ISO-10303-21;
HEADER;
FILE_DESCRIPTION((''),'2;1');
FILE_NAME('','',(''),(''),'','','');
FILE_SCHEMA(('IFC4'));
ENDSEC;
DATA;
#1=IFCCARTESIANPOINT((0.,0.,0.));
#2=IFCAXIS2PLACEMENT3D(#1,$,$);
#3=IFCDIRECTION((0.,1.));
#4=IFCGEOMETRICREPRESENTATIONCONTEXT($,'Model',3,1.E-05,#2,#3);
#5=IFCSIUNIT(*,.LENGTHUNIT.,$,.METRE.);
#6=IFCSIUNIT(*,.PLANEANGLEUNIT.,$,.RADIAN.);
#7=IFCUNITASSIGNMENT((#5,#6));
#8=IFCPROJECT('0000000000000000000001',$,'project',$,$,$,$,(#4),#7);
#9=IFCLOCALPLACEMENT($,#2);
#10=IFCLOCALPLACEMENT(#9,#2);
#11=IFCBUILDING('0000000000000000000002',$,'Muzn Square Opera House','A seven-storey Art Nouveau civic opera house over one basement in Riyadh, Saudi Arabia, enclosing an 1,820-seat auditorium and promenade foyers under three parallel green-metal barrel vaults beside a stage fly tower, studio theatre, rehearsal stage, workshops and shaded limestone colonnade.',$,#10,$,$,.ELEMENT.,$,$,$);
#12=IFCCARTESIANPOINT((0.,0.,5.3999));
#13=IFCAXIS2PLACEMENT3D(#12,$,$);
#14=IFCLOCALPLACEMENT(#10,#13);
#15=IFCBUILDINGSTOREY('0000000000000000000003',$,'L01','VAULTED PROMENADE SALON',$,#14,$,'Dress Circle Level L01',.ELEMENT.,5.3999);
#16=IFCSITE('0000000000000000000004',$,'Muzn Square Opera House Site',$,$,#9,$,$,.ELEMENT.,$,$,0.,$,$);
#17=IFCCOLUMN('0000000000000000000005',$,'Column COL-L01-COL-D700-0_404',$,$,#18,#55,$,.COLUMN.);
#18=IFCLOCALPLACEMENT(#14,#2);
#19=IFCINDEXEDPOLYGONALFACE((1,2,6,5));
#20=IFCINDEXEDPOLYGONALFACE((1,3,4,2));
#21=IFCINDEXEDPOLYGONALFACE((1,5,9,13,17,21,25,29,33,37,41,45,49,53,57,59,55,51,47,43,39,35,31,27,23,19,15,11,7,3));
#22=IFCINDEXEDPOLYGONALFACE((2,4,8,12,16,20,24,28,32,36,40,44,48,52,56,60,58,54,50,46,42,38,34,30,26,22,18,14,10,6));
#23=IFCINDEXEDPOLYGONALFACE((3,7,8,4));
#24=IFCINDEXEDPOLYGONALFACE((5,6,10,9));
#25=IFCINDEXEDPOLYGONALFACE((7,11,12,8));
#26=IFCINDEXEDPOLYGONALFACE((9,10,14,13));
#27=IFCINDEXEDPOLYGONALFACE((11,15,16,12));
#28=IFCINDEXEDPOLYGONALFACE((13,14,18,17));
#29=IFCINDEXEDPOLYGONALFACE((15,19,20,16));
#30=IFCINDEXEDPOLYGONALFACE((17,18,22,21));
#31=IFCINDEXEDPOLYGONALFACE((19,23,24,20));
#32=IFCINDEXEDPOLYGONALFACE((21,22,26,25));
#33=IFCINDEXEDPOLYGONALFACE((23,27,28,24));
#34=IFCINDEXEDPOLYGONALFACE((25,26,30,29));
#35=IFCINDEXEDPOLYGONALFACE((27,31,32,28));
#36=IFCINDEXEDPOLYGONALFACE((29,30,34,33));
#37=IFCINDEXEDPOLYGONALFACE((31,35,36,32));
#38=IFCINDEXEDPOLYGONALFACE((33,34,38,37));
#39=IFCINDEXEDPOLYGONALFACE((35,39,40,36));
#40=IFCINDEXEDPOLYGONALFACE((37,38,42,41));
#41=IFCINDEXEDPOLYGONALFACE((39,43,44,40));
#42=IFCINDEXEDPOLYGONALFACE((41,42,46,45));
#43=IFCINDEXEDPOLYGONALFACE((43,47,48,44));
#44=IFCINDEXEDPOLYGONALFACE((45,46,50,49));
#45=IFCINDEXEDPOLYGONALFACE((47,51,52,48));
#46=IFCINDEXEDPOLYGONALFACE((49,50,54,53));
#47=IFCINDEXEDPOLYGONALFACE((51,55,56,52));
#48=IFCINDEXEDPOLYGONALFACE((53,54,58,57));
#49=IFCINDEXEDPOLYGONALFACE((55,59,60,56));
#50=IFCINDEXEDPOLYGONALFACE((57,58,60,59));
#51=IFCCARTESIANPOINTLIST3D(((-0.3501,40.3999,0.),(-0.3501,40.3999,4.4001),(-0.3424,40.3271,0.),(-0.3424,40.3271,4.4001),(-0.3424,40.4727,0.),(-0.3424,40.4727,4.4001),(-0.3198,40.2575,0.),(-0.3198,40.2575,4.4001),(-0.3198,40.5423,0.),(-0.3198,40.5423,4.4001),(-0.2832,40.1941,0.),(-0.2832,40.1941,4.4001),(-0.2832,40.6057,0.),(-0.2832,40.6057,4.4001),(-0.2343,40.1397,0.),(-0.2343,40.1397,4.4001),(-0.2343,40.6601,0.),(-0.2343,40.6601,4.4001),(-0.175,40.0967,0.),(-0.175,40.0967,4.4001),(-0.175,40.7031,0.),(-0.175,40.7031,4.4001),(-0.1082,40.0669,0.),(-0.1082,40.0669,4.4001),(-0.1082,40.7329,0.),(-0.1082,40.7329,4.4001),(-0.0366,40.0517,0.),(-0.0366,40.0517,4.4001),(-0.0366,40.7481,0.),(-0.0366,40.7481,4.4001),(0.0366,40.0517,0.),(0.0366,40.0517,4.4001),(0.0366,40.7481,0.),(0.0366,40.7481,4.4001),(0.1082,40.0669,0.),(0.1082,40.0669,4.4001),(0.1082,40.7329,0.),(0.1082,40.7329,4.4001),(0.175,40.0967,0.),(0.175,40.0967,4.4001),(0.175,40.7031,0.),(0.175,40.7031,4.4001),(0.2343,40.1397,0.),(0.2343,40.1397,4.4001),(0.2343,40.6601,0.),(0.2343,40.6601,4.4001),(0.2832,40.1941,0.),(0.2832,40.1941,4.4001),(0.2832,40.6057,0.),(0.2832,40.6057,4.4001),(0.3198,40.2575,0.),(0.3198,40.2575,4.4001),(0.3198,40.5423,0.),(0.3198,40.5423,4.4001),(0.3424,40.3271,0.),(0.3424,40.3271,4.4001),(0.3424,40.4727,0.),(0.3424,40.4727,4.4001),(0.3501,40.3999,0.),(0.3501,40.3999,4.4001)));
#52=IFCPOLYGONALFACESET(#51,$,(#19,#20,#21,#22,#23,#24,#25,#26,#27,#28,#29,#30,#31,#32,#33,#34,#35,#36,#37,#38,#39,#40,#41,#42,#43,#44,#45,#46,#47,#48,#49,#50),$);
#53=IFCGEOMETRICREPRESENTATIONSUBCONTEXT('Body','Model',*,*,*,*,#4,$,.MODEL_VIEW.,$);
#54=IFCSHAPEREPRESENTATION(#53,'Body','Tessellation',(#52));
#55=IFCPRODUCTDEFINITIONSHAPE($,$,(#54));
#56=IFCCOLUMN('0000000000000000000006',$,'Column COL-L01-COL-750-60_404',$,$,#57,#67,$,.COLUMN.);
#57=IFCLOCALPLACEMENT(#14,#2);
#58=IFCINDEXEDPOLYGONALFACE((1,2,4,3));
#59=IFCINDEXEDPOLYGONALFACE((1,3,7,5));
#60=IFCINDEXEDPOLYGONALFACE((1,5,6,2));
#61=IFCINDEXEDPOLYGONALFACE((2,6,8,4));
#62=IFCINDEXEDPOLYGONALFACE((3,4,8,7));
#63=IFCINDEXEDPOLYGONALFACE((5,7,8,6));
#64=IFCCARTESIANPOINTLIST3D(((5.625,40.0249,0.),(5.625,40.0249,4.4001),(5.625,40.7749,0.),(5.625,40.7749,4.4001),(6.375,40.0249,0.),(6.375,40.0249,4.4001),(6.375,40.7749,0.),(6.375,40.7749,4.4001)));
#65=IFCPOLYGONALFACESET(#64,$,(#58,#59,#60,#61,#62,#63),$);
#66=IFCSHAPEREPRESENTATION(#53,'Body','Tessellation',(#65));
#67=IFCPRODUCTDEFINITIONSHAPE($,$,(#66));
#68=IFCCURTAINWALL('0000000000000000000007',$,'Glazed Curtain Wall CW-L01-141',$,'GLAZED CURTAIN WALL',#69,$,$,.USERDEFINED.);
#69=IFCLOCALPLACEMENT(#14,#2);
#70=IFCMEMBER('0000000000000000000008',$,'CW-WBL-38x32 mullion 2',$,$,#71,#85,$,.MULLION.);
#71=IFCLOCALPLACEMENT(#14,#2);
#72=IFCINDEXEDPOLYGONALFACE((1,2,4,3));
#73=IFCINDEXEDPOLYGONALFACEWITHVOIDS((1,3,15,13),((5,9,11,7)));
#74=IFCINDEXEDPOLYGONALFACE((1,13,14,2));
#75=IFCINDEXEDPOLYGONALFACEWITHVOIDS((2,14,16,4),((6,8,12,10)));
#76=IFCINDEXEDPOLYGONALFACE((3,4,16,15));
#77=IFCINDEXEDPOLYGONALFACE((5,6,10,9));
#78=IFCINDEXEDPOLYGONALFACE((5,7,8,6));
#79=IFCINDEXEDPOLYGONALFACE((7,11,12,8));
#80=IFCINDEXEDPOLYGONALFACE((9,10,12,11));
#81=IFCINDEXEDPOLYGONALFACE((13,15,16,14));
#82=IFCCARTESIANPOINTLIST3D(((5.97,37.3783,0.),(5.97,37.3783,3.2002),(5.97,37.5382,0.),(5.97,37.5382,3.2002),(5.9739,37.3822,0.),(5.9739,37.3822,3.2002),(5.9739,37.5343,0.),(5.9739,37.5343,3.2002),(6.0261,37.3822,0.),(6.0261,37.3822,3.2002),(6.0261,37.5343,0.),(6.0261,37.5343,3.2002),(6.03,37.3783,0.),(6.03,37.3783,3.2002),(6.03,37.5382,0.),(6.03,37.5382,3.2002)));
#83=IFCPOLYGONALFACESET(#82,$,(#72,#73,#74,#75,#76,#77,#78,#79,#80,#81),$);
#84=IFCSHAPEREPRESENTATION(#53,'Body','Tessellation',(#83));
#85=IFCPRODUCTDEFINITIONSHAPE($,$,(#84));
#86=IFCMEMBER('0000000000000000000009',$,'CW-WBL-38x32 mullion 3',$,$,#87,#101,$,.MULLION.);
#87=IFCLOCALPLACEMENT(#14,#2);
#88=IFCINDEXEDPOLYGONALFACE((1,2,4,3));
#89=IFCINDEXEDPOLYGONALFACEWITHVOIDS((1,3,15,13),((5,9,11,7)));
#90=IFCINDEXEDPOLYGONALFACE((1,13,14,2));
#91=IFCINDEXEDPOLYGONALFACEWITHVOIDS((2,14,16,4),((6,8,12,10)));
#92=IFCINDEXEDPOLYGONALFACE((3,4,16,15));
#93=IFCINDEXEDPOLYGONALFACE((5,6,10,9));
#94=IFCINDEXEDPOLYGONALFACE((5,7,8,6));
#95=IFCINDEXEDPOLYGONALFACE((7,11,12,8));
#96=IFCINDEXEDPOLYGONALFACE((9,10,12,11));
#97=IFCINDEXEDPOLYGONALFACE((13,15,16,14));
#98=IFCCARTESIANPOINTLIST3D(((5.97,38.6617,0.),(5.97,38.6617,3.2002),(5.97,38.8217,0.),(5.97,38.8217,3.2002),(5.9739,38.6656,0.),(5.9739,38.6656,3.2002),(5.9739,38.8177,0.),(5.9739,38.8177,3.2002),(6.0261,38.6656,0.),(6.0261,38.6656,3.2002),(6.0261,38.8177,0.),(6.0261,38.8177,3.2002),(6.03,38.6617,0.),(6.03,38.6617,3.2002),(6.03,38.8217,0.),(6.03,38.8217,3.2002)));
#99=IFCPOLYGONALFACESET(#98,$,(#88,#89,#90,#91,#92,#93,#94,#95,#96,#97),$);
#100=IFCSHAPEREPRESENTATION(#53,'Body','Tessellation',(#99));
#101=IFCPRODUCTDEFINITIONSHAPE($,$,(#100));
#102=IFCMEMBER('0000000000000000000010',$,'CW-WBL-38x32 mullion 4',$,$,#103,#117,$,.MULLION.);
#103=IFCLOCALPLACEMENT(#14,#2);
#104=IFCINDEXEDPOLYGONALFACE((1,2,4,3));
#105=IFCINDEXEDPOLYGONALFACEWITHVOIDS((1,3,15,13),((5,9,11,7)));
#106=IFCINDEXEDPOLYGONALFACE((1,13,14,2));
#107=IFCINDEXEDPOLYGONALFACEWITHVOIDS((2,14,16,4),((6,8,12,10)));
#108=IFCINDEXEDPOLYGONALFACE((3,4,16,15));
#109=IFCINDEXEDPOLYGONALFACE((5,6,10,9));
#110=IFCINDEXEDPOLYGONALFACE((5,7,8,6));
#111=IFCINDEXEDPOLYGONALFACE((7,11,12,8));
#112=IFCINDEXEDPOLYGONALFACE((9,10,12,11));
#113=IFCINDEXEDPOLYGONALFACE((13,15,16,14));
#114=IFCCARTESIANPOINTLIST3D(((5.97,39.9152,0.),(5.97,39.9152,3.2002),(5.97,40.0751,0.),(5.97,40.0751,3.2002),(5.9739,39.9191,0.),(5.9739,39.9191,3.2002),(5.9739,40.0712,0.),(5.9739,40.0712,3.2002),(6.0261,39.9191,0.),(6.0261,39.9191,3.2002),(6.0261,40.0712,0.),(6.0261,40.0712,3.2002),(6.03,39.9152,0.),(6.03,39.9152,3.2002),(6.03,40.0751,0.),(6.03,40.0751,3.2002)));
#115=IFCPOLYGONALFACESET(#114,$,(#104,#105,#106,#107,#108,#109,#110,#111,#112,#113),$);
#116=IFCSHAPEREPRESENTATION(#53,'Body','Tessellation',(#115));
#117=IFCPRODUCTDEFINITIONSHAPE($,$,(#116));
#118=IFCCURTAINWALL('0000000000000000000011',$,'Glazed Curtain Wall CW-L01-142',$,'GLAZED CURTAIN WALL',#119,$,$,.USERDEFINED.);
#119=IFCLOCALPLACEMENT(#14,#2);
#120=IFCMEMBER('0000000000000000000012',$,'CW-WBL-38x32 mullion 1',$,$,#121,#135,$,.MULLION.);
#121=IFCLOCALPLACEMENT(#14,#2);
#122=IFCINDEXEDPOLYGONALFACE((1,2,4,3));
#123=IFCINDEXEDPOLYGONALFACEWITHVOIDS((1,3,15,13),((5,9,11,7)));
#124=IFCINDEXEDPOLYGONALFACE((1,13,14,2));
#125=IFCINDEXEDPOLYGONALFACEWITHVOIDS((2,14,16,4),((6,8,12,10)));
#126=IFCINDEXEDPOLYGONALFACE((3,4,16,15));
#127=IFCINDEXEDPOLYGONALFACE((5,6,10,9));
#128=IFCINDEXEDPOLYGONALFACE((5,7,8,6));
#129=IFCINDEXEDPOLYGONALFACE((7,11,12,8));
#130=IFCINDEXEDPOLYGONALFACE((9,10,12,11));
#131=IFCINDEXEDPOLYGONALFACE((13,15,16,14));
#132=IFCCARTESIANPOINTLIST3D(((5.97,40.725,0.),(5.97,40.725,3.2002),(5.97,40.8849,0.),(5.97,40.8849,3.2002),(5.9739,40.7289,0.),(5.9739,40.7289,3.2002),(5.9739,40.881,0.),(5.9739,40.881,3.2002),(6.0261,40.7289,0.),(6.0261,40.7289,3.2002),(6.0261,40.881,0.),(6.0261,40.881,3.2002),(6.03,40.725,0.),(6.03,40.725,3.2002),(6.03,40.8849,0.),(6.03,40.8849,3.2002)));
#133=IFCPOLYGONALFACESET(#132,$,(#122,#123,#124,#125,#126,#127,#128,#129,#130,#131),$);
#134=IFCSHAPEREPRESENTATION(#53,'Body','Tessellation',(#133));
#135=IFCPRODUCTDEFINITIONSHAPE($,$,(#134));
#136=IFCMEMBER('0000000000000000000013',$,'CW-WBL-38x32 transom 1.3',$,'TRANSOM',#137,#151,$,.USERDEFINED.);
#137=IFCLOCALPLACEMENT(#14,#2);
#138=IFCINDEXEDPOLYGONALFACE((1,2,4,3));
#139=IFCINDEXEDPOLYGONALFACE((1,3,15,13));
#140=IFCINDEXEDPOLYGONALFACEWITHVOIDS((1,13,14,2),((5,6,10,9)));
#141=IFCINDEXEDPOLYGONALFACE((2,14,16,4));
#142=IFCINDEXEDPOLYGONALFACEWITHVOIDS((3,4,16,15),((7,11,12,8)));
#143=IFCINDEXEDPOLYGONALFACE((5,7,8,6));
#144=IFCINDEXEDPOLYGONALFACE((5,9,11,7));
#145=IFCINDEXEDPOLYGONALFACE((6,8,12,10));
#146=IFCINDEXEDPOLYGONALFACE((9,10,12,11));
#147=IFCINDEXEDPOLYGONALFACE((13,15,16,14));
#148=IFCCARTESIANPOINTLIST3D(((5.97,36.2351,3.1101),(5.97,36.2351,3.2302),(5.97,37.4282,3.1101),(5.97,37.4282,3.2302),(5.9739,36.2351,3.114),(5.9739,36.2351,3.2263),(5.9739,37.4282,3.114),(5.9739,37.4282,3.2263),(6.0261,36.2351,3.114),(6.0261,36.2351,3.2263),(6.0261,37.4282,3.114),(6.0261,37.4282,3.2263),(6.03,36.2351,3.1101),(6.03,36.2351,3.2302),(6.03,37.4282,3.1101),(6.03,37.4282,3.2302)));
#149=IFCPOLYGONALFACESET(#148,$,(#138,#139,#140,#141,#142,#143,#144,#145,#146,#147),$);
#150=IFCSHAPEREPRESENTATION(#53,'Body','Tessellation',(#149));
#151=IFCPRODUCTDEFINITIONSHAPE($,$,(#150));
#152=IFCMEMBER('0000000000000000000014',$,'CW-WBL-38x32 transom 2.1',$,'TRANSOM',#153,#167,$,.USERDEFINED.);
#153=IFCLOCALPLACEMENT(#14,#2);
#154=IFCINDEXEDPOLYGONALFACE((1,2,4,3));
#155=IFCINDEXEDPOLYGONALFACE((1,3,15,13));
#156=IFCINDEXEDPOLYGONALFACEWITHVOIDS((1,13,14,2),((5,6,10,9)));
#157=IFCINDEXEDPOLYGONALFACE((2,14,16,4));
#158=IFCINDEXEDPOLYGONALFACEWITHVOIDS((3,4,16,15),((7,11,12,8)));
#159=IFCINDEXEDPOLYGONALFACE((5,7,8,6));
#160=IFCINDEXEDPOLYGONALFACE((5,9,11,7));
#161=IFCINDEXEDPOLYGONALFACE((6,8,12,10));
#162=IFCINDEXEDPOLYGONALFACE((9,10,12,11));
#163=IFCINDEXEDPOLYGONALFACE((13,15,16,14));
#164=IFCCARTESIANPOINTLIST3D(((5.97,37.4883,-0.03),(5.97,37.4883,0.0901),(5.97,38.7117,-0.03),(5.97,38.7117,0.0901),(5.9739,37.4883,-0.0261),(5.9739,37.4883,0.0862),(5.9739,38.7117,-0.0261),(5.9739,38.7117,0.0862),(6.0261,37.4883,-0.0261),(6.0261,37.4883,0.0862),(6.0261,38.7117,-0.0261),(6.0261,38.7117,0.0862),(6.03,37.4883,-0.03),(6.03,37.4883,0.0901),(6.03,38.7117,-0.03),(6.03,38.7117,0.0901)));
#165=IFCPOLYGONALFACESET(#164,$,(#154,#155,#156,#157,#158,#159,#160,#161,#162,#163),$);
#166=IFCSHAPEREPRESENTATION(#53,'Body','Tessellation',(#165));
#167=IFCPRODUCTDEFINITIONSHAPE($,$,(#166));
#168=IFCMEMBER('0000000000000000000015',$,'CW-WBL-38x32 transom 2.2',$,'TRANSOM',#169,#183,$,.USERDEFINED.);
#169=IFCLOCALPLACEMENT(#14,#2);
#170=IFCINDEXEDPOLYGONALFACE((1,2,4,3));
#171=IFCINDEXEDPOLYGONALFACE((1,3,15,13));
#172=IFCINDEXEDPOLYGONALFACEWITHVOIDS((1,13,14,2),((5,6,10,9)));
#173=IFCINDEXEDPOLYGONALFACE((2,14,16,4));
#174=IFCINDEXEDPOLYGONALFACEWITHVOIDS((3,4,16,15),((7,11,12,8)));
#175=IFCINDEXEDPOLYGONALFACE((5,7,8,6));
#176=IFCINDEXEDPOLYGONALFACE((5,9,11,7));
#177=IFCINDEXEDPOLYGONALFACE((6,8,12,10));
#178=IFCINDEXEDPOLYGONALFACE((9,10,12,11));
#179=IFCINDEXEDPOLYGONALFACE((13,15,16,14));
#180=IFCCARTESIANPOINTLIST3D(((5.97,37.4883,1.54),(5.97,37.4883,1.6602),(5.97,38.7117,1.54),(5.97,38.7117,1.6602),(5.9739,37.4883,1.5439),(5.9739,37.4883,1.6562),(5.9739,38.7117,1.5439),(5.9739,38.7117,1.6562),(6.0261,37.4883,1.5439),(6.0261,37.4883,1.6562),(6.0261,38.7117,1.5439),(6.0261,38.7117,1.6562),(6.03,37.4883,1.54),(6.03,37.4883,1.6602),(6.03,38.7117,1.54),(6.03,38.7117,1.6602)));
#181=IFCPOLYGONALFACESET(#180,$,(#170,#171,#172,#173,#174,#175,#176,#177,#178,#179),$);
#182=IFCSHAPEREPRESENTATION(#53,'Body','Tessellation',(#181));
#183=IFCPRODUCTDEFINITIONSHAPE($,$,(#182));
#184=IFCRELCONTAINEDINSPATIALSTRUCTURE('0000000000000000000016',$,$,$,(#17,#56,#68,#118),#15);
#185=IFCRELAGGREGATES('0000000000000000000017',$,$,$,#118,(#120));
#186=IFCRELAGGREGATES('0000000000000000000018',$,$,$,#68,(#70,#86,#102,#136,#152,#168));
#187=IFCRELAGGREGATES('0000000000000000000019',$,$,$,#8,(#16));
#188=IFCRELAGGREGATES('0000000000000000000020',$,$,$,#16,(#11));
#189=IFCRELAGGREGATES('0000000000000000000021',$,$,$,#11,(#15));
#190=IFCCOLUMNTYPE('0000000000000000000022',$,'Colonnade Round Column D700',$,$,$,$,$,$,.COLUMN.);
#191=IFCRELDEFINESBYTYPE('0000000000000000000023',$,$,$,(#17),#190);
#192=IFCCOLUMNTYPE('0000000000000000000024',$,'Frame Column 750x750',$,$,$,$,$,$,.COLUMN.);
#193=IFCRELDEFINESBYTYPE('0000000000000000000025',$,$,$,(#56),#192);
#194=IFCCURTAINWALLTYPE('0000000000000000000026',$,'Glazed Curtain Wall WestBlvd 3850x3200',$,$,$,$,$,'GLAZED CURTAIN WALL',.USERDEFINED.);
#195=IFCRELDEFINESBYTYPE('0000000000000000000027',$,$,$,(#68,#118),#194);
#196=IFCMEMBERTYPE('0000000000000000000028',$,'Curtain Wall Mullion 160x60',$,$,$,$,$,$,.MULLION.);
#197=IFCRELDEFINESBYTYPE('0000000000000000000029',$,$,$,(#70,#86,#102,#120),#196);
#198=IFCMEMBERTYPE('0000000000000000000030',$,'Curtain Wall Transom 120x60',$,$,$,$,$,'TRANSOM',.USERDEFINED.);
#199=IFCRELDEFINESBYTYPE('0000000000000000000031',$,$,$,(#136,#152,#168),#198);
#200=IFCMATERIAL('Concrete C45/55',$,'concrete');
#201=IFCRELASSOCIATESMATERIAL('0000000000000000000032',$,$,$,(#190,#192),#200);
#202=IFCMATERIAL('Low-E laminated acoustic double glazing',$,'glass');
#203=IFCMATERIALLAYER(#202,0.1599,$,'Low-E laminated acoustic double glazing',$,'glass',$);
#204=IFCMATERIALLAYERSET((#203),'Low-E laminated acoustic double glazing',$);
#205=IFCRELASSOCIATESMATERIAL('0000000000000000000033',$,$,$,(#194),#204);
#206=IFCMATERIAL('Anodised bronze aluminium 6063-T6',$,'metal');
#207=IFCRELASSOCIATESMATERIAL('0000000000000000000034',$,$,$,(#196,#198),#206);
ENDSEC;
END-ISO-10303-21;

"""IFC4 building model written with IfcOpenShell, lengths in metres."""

from ifc_helpers import new_model, si_unit, direction, frame, origin, origin_2d, place, context, subcontext, project, spatial, rectangle, hollow_rectangle, circle, extrude, material, layer, layer_set, material_profile, profile_set, type_object, element, aggregate, save


model = new_model("IFC4")

# Units and contexts
model_context = context("Model", 3, precision=1e-05, world=origin(), true_north=direction((0.0, 1.0)))
body_context = subcontext(model_context, "Body", "Model", "MODEL_VIEW")
ifc_project = project(units=[si_unit("LENGTHUNIT", "METRE"), si_unit("PLANEANGLEUNIT", "RADIAN")], contexts=[model_context])

# Site, building, storey
site_placement = place(None, origin())
site = spatial("IfcSite", under=ifc_project, at=site_placement, Name="Muzn Square Opera House Site", CompositionType="ELEMENT", RefElevation=0.0)
building_placement = place(site_placement, origin())
building = spatial("IfcBuilding", under=site, at=building_placement, Name="Muzn Square Opera House", Description="A seven-storey Art Nouveau civic opera house over one basement in Riyadh, Saudi Arabia, enclosing an 1,820-seat auditorium and promenade foyers under three parallel green-metal barrel vaults beside a stage fly tower, studio theatre, rehearsal stage, workshops and shaded limestone colonnade.", CompositionType="ELEMENT")
storey_placement = place(building_placement, frame((0.0, 0.0, 5.3999)))
storey = spatial("IfcBuildingStorey", under=building, at=storey_placement, Name="L01", Description="VAULTED PROMENADE SALON", LongName="Dress Circle Level L01", CompositionType="ELEMENT", Elevation=5.3999)

# Columns
ifc_material_1 = material(Name="Concrete C45/55", Category="concrete")
ifc_material_profile_1 = material_profile(ifc_material_1, circle(Radius=0.3501, at=origin_2d()), Name="RCC D700", Category="concrete")
ifc_profile_set_1 = profile_set([ifc_material_profile_1], Name="Concrete C45/55")
column_type_1 = type_object("IfcColumnType", Name="Colonnade Round Column D700", PredefinedType="COLUMN", material=ifc_profile_set_1)
column_1_placement = place(storey_placement, frame((0.0, 40.3999, 0.0), z_axis=(0.0, 0.0, 1.0), x_axis=(1.0, 0.0, 0.0)))
element("IfcColumn", 1, at=column_1_placement, inside=storey, type_object=column_type_1, Name="Column COL-L01-COL-D700-0_404", PredefinedType="COLUMN", context=body_context, shape_type="SweptSolid", body=[
    extrude(circle(Radius=0.3501, at=origin_2d()), origin(), (0.0, 0.0, 1.0), 4.4001),
])
ifc_material_profile_2 = material_profile(ifc_material_1, rectangle(XDim=0.75, YDim=0.75, at=origin_2d()), Name="RC 750x750", Category="concrete")
ifc_profile_set_2 = profile_set([ifc_material_profile_2], Name="Concrete C45/55")
column_type_2 = type_object("IfcColumnType", Name="Frame Column 750x750", PredefinedType="COLUMN", material=ifc_profile_set_2)
column_2_placement = place(storey_placement, frame((6.0, 40.3999, 0.0), z_axis=(0.0, 0.0, 1.0), x_axis=(1.0, 0.0, 0.0)))
element("IfcColumn", 2, at=column_2_placement, inside=storey, type_object=column_type_2, Name="Column COL-L01-COL-750-60_404", PredefinedType="COLUMN", context=body_context, shape_type="SweptSolid", body=[
    extrude(rectangle(XDim=0.75, YDim=0.75, at=origin_2d()), origin(), (0.0, 0.0, 1.0), 4.4001),
])

# Curtain wall, members
ifc_material_2 = material(Name="Low-E laminated acoustic double glazing", Category="glass")
ifc_layer_1 = layer(ifc_material_2, 0.1599, Name="Low-E laminated acoustic double glazing", Category="glass")
ifc_layer_set_1 = layer_set([ifc_layer_1], Name="Low-E laminated acoustic double glazing")
curtain_wall_type = type_object("IfcCurtainWallType", Name="Glazed Curtain Wall WestBlvd 3850x3200", ElementType="GLAZED CURTAIN WALL", PredefinedType="USERDEFINED", material=ifc_layer_set_1)
curtain_wall_1_placement = place(storey_placement, origin())
curtain_wall_1 = element("IfcCurtainWall", 3, at=curtain_wall_1_placement, inside=storey, type_object=curtain_wall_type, Name="Glazed Curtain Wall CW-L01-141", ObjectType="GLAZED CURTAIN WALL", PredefinedType="USERDEFINED")
ifc_material_3 = material(Name="Anodised bronze aluminium 6063-T6", Category="metal")
ifc_material_profile_3 = material_profile(ifc_material_3, hollow_rectangle(XDim=0.0601, YDim=0.1599, WallThickness=0.0039, at=origin_2d()), Name="ALU 160x60x4", Category="metal")
ifc_profile_set_3 = profile_set([ifc_material_profile_3], Name="Anodised bronze aluminium 6063-T6")
member_type_1 = type_object("IfcMemberType", Name="Curtain Wall Mullion 160x60", PredefinedType="MULLION", material=ifc_profile_set_3)
member_1_placement = place(storey_placement, frame((6.0, 37.4583, 0.0), z_axis=(0.0, 0.0, 1.0), x_axis=(-1.0, 0.0, 0.0)))
member_1 = element("IfcMember", 4, at=member_1_placement, type_object=member_type_1, Name="CW-WBL-38x32 mullion 2", PredefinedType="MULLION", context=body_context, shape_type="SweptSolid", body=[
    extrude(hollow_rectangle(XDim=0.0601, YDim=0.1599, WallThickness=0.0039, at=origin_2d()), origin(), (0.0, 0.0, 1.0), 3.2002),
])
member_2_placement = place(storey_placement, frame((6.0, 38.7417, 0.0), z_axis=(0.0, 0.0, 1.0), x_axis=(-1.0, 0.0, 0.0)))
member_2 = element("IfcMember", 5, at=member_2_placement, type_object=member_type_1, Name="CW-WBL-38x32 mullion 3", PredefinedType="MULLION", context=body_context, shape_type="SweptSolid", body=[
    extrude(hollow_rectangle(XDim=0.0601, YDim=0.1599, WallThickness=0.0039, at=origin_2d()), origin(), (0.0, 0.0, 1.0), 3.2002),
])
member_3_placement = place(storey_placement, frame((6.0, 39.9951, 0.0), z_axis=(0.0, 0.0, 1.0), x_axis=(-1.0, 0.0, 0.0)))
member_3 = element("IfcMember", 6, at=member_3_placement, type_object=member_type_1, Name="CW-WBL-38x32 mullion 4", PredefinedType="MULLION", context=body_context, shape_type="SweptSolid", body=[
    extrude(hollow_rectangle(XDim=0.0601, YDim=0.1599, WallThickness=0.0039, at=origin_2d()), origin(), (0.0, 0.0, 1.0), 3.2002),
])

# Curtain wall, member
curtain_wall_2_placement = place(storey_placement, origin())
curtain_wall_2 = element("IfcCurtainWall", 7, at=curtain_wall_2_placement, inside=storey, type_object=curtain_wall_type, Name="Glazed Curtain Wall CW-L01-142", ObjectType="GLAZED CURTAIN WALL", PredefinedType="USERDEFINED")
member_4_placement = place(storey_placement, frame((6.0, 40.8049, 0.0), z_axis=(0.0, 0.0, 1.0), x_axis=(-1.0, 0.0, 0.0)))
member_4 = element("IfcMember", 8, at=member_4_placement, type_object=member_type_1, Name="CW-WBL-38x32 mullion 1", PredefinedType="MULLION", context=body_context, shape_type="SweptSolid", body=[
    extrude(hollow_rectangle(XDim=0.0601, YDim=0.1599, WallThickness=0.0039, at=origin_2d()), origin(), (0.0, 0.0, 1.0), 3.2002),
])
aggregate(curtain_wall_2, [member_4])

# Members
ifc_material_profile_4 = material_profile(ifc_material_3, hollow_rectangle(XDim=0.0601, YDim=0.1201, WallThickness=0.0039, at=origin_2d()), Name="ALU 120x60x4", Category="metal")
ifc_profile_set_4 = profile_set([ifc_material_profile_4], Name="Anodised bronze aluminium 6063-T6")
member_type_2 = type_object("IfcMemberType", Name="Curtain Wall Transom 120x60", ElementType="TRANSOM", PredefinedType="USERDEFINED", material=ifc_profile_set_4)
member_5_placement = place(storey_placement, frame((6.0, 36.2351, 3.1702), z_axis=(0.0, 1.0, 0.0), x_axis=(-1.0, 0.0, 0.0)))
member_5 = element("IfcMember", 9, at=member_5_placement, type_object=member_type_2, Name="CW-WBL-38x32 transom 1.3", ObjectType="TRANSOM", PredefinedType="USERDEFINED", context=body_context, shape_type="SweptSolid", body=[
    extrude(hollow_rectangle(XDim=0.0601, YDim=0.1201, WallThickness=0.0039, at=origin_2d()), origin(), (0.0, 0.0, 1.0), 1.1931),
])
member_6_placement = place(storey_placement, frame((6.0, 37.4883, 0.03), z_axis=(0.0, 1.0, 0.0), x_axis=(-1.0, 0.0, 0.0)))
member_6 = element("IfcMember", 10, at=member_6_placement, type_object=member_type_2, Name="CW-WBL-38x32 transom 2.1", ObjectType="TRANSOM", PredefinedType="USERDEFINED", context=body_context, shape_type="SweptSolid", body=[
    extrude(hollow_rectangle(XDim=0.0601, YDim=0.1201, WallThickness=0.0039, at=origin_2d()), origin(), (0.0, 0.0, 1.0), 1.2234),
])
member_7_placement = place(storey_placement, frame((6.0, 37.4883, 1.6001), z_axis=(0.0, 1.0, 0.0), x_axis=(-1.0, 0.0, 0.0)))
member_7 = element("IfcMember", 11, at=member_7_placement, type_object=member_type_2, Name="CW-WBL-38x32 transom 2.2", ObjectType="TRANSOM", PredefinedType="USERDEFINED", context=body_context, shape_type="SweptSolid", body=[
    extrude(hollow_rectangle(XDim=0.0601, YDim=0.1201, WallThickness=0.0039, at=origin_2d()), origin(), (0.0, 0.0, 1.0), 1.2234),
])

aggregate(curtain_wall_1, [member_1, member_2, member_3, member_5, member_6, member_7])

save(model, "model.ifc")
